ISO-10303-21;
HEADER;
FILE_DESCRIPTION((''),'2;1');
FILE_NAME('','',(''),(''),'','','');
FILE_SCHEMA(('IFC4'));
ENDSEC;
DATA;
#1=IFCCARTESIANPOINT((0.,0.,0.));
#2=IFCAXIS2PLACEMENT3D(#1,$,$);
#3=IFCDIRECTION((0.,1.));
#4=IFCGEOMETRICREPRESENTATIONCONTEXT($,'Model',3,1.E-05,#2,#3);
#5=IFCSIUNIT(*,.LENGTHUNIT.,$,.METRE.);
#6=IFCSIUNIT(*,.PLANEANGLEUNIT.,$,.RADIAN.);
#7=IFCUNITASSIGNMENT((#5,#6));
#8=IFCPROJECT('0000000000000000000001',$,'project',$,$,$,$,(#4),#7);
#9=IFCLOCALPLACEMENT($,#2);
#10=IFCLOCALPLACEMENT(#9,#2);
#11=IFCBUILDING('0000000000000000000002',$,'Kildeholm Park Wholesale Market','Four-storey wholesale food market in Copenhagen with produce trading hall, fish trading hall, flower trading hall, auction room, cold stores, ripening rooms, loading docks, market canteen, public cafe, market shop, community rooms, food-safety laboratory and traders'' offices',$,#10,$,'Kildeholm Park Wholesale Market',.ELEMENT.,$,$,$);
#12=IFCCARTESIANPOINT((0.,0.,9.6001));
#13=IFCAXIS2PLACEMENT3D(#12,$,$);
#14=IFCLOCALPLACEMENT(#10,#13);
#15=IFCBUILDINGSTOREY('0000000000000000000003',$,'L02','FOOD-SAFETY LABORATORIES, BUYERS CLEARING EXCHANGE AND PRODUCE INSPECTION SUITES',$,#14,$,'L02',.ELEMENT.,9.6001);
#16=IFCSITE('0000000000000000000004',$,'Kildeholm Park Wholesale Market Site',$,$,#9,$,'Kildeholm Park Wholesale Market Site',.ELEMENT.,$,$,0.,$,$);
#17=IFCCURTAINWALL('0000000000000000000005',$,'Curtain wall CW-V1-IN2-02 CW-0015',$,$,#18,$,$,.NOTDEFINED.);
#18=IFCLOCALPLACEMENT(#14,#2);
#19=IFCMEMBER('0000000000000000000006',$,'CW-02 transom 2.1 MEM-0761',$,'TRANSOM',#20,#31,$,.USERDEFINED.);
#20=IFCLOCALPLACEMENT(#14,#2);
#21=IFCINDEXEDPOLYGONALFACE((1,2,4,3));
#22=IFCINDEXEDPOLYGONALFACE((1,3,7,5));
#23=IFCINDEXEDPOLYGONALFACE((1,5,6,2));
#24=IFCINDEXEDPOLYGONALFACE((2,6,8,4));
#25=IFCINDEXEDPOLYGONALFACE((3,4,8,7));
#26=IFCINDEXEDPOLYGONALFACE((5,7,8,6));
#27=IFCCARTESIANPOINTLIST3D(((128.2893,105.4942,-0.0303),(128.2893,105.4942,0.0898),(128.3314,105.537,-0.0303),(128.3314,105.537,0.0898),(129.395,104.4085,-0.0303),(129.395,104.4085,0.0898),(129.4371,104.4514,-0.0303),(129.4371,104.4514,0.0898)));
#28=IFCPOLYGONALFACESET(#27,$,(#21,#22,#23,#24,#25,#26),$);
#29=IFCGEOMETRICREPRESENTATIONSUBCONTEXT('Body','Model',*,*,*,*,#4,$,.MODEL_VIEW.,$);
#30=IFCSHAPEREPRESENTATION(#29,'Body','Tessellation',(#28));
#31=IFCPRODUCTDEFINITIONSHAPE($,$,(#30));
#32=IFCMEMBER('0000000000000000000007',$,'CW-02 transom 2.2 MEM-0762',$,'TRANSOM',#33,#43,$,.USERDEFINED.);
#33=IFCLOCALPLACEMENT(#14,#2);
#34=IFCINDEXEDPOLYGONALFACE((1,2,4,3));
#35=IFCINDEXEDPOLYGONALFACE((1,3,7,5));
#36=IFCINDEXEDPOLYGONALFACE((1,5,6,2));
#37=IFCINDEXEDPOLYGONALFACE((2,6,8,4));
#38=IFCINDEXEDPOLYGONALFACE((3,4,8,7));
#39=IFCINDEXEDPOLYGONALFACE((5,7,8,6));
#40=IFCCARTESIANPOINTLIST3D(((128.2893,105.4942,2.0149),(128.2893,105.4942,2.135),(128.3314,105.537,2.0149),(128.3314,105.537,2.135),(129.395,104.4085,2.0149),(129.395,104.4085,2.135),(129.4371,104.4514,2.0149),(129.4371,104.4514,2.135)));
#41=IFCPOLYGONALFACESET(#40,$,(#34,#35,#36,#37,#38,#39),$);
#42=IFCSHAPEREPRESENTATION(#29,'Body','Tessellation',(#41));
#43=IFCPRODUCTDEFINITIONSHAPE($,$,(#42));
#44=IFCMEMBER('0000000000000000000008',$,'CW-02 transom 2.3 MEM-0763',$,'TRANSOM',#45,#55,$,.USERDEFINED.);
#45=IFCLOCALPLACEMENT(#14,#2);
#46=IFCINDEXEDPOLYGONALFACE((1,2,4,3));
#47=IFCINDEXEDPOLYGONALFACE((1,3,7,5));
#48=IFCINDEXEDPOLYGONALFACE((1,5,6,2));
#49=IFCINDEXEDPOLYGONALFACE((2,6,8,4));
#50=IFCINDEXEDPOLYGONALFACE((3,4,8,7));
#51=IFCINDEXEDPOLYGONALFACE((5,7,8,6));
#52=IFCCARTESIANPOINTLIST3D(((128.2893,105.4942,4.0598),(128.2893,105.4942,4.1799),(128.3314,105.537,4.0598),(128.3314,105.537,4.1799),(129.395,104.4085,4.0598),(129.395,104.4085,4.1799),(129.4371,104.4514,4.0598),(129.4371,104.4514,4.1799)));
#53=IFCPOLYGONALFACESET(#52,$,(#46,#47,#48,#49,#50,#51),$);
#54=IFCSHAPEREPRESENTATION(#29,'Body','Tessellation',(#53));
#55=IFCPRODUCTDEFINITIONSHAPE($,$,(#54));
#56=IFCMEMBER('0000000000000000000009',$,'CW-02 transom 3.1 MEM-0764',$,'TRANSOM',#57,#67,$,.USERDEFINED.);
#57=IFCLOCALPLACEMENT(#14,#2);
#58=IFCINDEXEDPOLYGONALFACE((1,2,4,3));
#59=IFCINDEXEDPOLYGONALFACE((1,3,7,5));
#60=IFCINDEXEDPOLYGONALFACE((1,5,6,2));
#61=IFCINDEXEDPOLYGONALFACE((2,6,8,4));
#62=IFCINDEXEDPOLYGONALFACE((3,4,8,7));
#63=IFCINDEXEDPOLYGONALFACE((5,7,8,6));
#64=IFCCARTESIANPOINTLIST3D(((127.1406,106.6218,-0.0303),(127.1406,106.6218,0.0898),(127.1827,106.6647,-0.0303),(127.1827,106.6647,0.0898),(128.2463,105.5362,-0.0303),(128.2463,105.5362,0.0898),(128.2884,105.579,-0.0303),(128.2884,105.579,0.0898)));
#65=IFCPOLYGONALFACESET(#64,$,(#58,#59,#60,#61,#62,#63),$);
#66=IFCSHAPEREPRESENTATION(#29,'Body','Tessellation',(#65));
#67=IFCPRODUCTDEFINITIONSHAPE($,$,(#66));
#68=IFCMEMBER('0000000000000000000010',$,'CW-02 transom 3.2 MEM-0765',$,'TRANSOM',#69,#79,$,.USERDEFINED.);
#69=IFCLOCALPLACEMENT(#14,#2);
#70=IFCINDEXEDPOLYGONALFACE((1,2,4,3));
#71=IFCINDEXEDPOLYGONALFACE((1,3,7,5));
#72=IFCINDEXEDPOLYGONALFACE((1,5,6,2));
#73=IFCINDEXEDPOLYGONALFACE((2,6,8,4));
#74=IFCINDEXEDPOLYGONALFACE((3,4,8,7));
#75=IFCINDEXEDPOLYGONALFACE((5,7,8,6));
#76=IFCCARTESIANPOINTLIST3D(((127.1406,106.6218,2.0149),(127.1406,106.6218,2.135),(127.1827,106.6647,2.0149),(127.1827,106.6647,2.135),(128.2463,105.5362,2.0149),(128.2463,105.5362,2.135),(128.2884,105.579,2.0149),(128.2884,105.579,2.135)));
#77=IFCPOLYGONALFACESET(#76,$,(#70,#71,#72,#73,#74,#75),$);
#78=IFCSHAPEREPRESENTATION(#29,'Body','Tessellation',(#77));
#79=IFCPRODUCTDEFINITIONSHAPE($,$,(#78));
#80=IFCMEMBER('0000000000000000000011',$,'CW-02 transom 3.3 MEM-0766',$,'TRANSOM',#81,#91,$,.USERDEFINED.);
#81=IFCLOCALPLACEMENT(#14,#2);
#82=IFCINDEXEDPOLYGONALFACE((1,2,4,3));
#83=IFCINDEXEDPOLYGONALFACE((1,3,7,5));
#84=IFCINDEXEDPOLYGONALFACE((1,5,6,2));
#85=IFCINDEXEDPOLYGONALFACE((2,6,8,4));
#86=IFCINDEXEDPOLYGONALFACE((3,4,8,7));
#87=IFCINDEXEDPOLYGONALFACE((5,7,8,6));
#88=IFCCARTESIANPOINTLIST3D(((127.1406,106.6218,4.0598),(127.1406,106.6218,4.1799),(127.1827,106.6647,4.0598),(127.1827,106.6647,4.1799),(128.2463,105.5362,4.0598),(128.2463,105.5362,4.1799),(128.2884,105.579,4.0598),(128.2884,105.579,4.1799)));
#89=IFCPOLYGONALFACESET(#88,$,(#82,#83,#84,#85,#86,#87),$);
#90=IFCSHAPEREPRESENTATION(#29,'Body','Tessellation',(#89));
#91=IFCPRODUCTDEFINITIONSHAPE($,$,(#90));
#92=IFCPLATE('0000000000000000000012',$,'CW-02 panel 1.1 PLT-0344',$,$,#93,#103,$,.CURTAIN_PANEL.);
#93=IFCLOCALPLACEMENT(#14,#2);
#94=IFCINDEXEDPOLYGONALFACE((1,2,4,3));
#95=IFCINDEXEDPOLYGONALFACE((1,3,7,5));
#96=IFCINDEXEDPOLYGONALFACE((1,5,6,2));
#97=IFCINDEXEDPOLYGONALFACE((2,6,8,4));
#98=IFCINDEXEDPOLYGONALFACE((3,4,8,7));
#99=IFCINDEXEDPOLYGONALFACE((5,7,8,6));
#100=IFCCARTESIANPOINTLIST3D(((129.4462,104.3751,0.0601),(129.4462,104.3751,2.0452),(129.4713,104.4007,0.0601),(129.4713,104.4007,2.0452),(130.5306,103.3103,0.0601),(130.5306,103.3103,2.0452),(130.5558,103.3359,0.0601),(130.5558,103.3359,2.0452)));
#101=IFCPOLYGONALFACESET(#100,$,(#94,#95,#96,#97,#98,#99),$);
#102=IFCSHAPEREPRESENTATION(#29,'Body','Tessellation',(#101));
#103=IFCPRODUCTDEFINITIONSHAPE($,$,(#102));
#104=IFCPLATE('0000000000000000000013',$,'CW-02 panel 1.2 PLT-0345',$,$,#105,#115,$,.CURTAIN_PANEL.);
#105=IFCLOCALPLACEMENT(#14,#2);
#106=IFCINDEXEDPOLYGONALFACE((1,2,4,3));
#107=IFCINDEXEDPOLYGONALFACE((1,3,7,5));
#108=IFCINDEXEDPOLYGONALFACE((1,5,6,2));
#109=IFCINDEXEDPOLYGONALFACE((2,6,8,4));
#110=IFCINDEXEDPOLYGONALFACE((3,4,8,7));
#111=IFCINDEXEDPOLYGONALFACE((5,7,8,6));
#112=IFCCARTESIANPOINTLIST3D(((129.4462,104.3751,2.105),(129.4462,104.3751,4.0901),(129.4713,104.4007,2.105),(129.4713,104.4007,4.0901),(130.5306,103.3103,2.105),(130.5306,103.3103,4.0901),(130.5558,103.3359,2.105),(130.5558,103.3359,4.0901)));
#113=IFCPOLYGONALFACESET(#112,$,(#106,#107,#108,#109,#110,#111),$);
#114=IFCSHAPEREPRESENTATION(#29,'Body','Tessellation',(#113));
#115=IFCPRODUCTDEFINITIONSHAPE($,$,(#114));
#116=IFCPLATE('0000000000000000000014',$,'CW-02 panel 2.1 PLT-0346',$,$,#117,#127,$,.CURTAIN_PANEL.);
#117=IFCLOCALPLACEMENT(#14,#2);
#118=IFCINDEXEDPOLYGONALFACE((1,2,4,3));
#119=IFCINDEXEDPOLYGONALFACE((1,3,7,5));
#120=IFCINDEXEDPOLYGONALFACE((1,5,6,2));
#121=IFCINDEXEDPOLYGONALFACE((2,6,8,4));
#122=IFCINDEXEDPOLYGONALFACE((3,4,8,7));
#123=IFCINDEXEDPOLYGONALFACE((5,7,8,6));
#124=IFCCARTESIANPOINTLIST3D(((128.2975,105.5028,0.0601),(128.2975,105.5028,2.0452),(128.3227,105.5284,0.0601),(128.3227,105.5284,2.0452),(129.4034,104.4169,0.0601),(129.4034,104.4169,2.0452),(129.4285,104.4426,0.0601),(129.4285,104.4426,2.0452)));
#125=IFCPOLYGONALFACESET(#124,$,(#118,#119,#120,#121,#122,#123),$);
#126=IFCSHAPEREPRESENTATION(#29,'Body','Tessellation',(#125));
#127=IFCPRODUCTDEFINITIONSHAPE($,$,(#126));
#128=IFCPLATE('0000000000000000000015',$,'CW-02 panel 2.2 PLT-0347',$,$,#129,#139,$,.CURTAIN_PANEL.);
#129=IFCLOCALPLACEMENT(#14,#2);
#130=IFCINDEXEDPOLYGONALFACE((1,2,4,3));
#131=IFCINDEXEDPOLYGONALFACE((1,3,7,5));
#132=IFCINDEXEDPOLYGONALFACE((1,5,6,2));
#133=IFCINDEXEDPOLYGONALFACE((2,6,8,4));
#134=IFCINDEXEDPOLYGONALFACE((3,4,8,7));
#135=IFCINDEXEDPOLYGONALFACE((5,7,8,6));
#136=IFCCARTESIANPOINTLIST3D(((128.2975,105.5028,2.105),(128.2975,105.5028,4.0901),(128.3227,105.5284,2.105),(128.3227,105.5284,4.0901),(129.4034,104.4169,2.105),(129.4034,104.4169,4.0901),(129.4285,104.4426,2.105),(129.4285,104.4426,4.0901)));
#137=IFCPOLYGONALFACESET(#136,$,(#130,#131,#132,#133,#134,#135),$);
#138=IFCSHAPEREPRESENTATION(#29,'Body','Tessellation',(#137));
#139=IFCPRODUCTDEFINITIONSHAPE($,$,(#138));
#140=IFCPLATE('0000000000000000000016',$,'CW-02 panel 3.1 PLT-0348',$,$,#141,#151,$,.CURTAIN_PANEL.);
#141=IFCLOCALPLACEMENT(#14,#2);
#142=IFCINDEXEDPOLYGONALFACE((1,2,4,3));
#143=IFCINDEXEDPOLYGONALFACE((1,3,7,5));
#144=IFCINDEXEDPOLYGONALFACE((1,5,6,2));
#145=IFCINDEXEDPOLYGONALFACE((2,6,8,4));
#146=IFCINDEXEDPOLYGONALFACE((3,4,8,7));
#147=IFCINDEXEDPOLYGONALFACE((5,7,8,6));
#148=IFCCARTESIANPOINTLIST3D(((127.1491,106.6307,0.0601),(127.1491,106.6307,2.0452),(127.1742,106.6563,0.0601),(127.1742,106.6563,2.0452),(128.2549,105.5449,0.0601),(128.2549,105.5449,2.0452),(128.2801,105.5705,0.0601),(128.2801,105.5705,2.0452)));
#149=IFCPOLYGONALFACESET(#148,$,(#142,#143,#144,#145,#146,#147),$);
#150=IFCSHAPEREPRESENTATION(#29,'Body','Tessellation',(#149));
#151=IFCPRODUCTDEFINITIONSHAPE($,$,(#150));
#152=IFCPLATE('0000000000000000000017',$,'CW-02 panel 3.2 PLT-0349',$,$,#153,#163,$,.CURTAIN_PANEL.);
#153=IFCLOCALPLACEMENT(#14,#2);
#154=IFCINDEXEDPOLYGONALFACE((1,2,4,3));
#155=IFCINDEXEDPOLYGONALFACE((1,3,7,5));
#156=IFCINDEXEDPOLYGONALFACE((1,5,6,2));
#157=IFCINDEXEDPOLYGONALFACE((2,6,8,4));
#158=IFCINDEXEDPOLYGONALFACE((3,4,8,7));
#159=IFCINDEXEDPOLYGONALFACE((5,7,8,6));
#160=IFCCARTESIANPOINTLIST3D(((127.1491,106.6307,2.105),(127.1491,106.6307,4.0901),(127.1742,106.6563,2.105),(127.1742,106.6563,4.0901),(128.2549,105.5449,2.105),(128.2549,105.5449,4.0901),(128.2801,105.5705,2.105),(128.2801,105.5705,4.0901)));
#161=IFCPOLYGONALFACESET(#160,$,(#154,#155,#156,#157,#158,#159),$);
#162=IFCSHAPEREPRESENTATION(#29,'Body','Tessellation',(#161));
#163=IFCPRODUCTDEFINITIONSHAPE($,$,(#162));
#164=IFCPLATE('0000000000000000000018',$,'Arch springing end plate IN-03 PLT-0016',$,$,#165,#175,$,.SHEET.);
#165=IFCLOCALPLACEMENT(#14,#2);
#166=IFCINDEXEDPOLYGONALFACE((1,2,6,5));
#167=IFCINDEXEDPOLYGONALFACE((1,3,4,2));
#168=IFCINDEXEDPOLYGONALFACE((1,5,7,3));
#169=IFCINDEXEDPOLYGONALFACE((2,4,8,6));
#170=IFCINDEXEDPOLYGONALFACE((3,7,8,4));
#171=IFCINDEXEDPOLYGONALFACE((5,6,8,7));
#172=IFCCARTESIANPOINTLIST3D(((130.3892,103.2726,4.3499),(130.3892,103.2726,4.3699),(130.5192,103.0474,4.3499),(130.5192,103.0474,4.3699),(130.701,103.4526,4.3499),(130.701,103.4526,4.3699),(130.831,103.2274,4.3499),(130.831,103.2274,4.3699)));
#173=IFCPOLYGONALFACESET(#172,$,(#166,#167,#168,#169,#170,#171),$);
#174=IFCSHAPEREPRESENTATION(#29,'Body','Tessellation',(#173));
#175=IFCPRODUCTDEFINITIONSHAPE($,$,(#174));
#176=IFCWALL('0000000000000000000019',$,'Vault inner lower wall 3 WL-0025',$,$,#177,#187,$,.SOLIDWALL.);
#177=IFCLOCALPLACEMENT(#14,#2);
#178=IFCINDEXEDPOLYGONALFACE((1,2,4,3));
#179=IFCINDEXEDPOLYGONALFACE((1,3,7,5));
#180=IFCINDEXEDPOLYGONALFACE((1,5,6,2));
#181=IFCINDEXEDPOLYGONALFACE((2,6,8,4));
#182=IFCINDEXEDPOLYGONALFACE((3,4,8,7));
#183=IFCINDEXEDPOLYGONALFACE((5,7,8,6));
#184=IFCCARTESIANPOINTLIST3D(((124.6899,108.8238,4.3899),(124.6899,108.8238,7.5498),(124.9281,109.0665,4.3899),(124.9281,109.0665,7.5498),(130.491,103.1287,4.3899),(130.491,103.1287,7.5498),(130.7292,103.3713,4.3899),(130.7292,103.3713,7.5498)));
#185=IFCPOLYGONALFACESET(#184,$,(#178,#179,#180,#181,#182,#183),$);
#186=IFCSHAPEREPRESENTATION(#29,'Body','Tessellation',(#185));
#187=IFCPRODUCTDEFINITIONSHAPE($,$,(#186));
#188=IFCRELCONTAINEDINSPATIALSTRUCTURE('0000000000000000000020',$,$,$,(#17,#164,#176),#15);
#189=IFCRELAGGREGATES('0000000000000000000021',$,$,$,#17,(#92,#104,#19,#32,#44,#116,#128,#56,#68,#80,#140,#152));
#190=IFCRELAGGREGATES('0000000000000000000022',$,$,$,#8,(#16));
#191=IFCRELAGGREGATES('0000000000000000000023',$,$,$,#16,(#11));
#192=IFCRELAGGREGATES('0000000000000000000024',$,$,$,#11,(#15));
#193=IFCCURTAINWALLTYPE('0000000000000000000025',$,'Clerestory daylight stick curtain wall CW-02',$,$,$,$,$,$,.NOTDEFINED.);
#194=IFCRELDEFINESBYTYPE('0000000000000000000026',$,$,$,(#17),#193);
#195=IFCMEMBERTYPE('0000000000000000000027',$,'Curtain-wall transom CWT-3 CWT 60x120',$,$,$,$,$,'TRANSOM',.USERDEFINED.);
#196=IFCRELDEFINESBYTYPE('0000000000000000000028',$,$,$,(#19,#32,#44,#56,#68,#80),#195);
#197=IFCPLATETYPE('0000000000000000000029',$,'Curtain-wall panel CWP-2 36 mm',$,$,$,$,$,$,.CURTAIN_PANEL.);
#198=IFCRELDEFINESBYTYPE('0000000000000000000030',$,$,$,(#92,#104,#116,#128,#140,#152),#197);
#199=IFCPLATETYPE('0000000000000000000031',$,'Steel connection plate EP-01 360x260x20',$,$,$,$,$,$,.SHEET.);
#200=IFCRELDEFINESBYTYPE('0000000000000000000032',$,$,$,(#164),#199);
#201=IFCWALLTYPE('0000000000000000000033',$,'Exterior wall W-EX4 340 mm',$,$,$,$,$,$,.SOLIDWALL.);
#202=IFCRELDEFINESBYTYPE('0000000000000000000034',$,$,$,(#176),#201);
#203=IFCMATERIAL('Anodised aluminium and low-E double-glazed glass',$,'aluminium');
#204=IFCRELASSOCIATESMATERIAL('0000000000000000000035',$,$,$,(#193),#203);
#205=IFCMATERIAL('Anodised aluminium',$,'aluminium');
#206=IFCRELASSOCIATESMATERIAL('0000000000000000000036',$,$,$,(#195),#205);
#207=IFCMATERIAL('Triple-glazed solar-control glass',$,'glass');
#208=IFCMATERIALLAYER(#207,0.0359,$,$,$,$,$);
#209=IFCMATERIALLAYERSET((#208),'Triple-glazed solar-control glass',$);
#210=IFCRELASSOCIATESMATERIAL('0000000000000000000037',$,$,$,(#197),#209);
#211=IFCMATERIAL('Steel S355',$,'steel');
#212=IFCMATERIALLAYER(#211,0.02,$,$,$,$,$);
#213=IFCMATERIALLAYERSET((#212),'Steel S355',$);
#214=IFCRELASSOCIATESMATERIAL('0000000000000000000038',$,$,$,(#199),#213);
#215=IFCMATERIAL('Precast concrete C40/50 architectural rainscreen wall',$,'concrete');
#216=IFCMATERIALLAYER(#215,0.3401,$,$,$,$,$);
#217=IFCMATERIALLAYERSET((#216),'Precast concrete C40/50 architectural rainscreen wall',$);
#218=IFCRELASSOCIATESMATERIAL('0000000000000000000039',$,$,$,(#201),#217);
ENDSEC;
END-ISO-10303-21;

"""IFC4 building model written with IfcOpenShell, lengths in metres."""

from ifc_helpers import new_model, si_unit, direction, frame, frame_2d, origin, origin_2d, place, context, subcontext, project, spatial, rectangle, extrude, material, layer, layer_set, material_profile, profile_set, type_object, element, aggregate, save


model = new_model("IFC4")

# Units and contexts
model_context = context("Model", 3, precision=1e-05, world=origin(), true_north=direction((0.0, 1.0)))
body_context = subcontext(model_context, "Body", "Model", "MODEL_VIEW")
ifc_project = project(units=[si_unit("LENGTHUNIT", "METRE"), si_unit("PLANEANGLEUNIT", "RADIAN")], contexts=[model_context])

# Site, building, storey
site_placement = place(None, origin())
site = spatial("IfcSite", under=ifc_project, at=site_placement, Name="Kildeholm Park Wholesale Market Site", LongName="Kildeholm Park Wholesale Market Site", CompositionType="ELEMENT", RefElevation=0.0)
building_placement = place(site_placement, origin())
building = spatial("IfcBuilding", under=site, at=building_placement, Name="Kildeholm Park Wholesale Market", Description="Four-storey wholesale food market in Copenhagen with produce trading hall, fish trading hall, flower trading hall, auction room, cold stores, ripening rooms, loading docks, market canteen, public cafe, market shop, community rooms, food-safety laboratory and traders' offices", LongName="Kildeholm Park Wholesale Market", CompositionType="ELEMENT")
storey_placement = place(building_placement, frame((0.0, 0.0, 9.6001)))
storey = spatial("IfcBuildingStorey", under=building, at=storey_placement, Name="L02", Description="FOOD-SAFETY LABORATORIES, BUYERS CLEARING EXCHANGE AND PRODUCE INSPECTION SUITES", LongName="L02", CompositionType="ELEMENT", Elevation=9.6001)

# Shared definitions
ifc_material_1 = material(Name="Steel S355", Category="steel")

# Shared definitions
ifc_material_2 = material(Name="Anodised aluminium and low-E double-glazed glass", Category="aluminium")
curtain_wall_type = type_object("IfcCurtainWallType", Name="Clerestory daylight stick curtain wall CW-02", PredefinedType="NOTDEFINED", material=ifc_material_2)
ifc_material_3 = material(Name="Anodised aluminium", Category="aluminium")

# Curtain wall, members, plates
curtain_wall_1_placement = place(storey_placement, origin())
curtain_wall_1 = element("IfcCurtainWall", 1, at=curtain_wall_1_placement, inside=storey, type_object=curtain_wall_type, Name="Curtain wall CW-V1-IN2-02 CW-0015", PredefinedType="NOTDEFINED")
ifc_material_profile_1 = material_profile(ifc_material_3, rectangle(XDim=0.0601, YDim=0.1201, at=origin_2d()), Name="CWT 60x120")
ifc_profile_set_1 = profile_set([ifc_material_profile_1], Name="Anodised aluminium")
member_type_1 = type_object("IfcMemberType", Name="Curtain-wall transom CWT-3 CWT 60x120", ElementType="TRANSOM", PredefinedType="USERDEFINED", material=ifc_profile_set_1)
member_1_placement = place(storey_placement, frame((129.416, 104.4299, 0.0298), z_axis=(-0.713537, 0.700618, 0.0), x_axis=(-0.700618, -0.713537, 0.0)))
member_1 = element("IfcMember", 2, at=member_1_placement, type_object=member_type_1, Name="CW-02 transom 2.1 MEM-0761", ObjectType="TRANSOM", PredefinedType="USERDEFINED", context=body_context, shape_type="SweptSolid", body=[
    extrude(rectangle(XDim=0.0601, YDim=0.1201, at=origin_2d()), origin(), (0.0, 0.0, 1.0), 1.5496),
])
member_2_placement = place(storey_placement, frame((129.416, 104.4299, 2.075), z_axis=(-0.713537, 0.700618, 0.0), x_axis=(-0.700618, -0.713537, 0.0)))
member_2 = element("IfcMember", 3, at=member_2_placement, type_object=member_type_1, Name="CW-02 transom 2.2 MEM-0762", ObjectType="TRANSOM", PredefinedType="USERDEFINED", context=body_context, shape_type="SweptSolid", body=[
    extrude(rectangle(XDim=0.0601, YDim=0.1201, at=origin_2d()), origin(), (0.0, 0.0, 1.0), 1.5496),
])
member_3_placement = place(storey_placement, frame((129.416, 104.4299, 4.1199), z_axis=(-0.713537, 0.700618, 0.0), x_axis=(-0.700618, -0.713537, 0.0)))
member_3 = element("IfcMember", 4, at=member_3_placement, type_object=member_type_1, Name="CW-02 transom 2.3 MEM-0763", ObjectType="TRANSOM", PredefinedType="USERDEFINED", context=body_context, shape_type="SweptSolid", body=[
    extrude(rectangle(XDim=0.0601, YDim=0.1201, at=origin_2d()), origin(), (0.0, 0.0, 1.0), 1.5496),
])
member_4_placement = place(storey_placement, frame((128.2673, 105.5576, 0.0298), z_axis=(-0.713537, 0.700618, 0.0), x_axis=(-0.700618, -0.713537, 0.0)))
member_4 = element("IfcMember", 5, at=member_4_placement, type_object=member_type_1, Name="CW-02 transom 3.1 MEM-0764", ObjectType="TRANSOM", PredefinedType="USERDEFINED", context=body_context, shape_type="SweptSolid", body=[
    extrude(rectangle(XDim=0.0601, YDim=0.1201, at=origin_2d()), origin(), (0.0, 0.0, 1.0), 1.5496),
])
member_5_placement = place(storey_placement, frame((128.2673, 105.5576, 2.075), z_axis=(-0.713537, 0.700618, 0.0), x_axis=(-0.700618, -0.713537, 0.0)))
member_5 = element("IfcMember", 6, at=member_5_placement, type_object=member_type_1, Name="CW-02 transom 3.2 MEM-0765", ObjectType="TRANSOM", PredefinedType="USERDEFINED", context=body_context, shape_type="SweptSolid", body=[
    extrude(rectangle(XDim=0.0601, YDim=0.1201, at=origin_2d()), origin(), (0.0, 0.0, 1.0), 1.5496),
])
member_6_placement = place(storey_placement, frame((128.2673, 105.5576, 4.1199), z_axis=(-0.713537, 0.700618, 0.0), x_axis=(-0.700618, -0.713537, 0.0)))
member_6 = element("IfcMember", 7, at=member_6_placement, type_object=member_type_1, Name="CW-02 transom 3.3 MEM-0766", ObjectType="TRANSOM", PredefinedType="USERDEFINED", context=body_context, shape_type="SweptSolid", body=[
    extrude(rectangle(XDim=0.0601, YDim=0.1201, at=origin_2d()), origin(), (0.0, 0.0, 1.0), 1.5496),
])
ifc_material_4 = material(Name="Triple-glazed solar-control glass", Category="glass")
ifc_layer_1 = layer(ifc_material_4, 0.0359)
ifc_layer_set_1 = layer_set([ifc_layer_1], Name="Triple-glazed solar-control glass")
plate_type_1 = type_object("IfcPlateType", Name="Curtain-wall panel CWP-2 36 mm", PredefinedType="CURTAIN_PANEL", material=ifc_layer_set_1)
plate_1_placement = place(storey_placement, frame((130.001, 103.8555, 0.0601), z_axis=(0.0, 0.0, 1.0), x_axis=(-0.713538, 0.700617, 0.0)))
plate_1 = element("IfcPlate", 8, at=plate_1_placement, type_object=plate_type_1, Name="CW-02 panel 1.1 PLT-0344", PredefinedType="CURTAIN_PANEL", context=body_context, shape_type="SweptSolid", body=[
    extrude(rectangle(XDim=1.5198, YDim=0.0359, at=origin_2d()), origin(), (0.0, 0.0, 1.0), 1.9851),
])
plate_2_placement = place(storey_placement, frame((130.001, 103.8555, 2.105), z_axis=(0.0, 0.0, 1.0), x_axis=(-0.713538, 0.700617, 0.0)))
plate_2 = element("IfcPlate", 9, at=plate_2_placement, type_object=plate_type_1, Name="CW-02 panel 1.2 PLT-0345", PredefinedType="CURTAIN_PANEL", context=body_context, shape_type="SweptSolid", body=[
    extrude(rectangle(XDim=1.5198, YDim=0.0359, at=origin_2d()), origin(), (0.0, 0.0, 1.0), 1.9851),
])
plate_3_placement = place(storey_placement, frame((128.863, 104.9727, 0.0601), z_axis=(0.0, 0.0, 1.0), x_axis=(-0.713538, 0.700617, 0.0)))
plate_3 = element("IfcPlate", 10, at=plate_3_placement, type_object=plate_type_1, Name="CW-02 panel 2.1 PLT-0346", PredefinedType="CURTAIN_PANEL", context=body_context, shape_type="SweptSolid", body=[
    extrude(rectangle(XDim=1.5498, YDim=0.0359, at=origin_2d()), origin(), (0.0, 0.0, 1.0), 1.9851),
])
plate_4_placement = place(storey_placement, frame((128.863, 104.9727, 2.105), z_axis=(0.0, 0.0, 1.0), x_axis=(-0.713538, 0.700617, 0.0)))
plate_4 = element("IfcPlate", 11, at=plate_4_placement, type_object=plate_type_1, Name="CW-02 panel 2.2 PLT-0347", PredefinedType="CURTAIN_PANEL", context=body_context, shape_type="SweptSolid", body=[
    extrude(rectangle(XDim=1.5498, YDim=0.0359, at=origin_2d()), origin(), (0.0, 0.0, 1.0), 1.9851),
])
plate_5_placement = place(storey_placement, frame((127.7146, 106.1006, 0.0601), z_axis=(0.0, 0.0, 1.0), x_axis=(-0.713538, 0.700617, 0.0)))
plate_5 = element("IfcPlate", 12, at=plate_5_placement, type_object=plate_type_1, Name="CW-02 panel 3.1 PLT-0348", PredefinedType="CURTAIN_PANEL", context=body_context, shape_type="SweptSolid", body=[
    extrude(rectangle(XDim=1.5498, YDim=0.0359, at=origin_2d()), origin(), (0.0, 0.0, 1.0), 1.9851),
])
plate_6_placement = place(storey_placement, frame((127.7146, 106.1006, 2.105), z_axis=(0.0, 0.0, 1.0), x_axis=(-0.713538, 0.700617, 0.0)))
plate_6 = element("IfcPlate", 13, at=plate_6_placement, type_object=plate_type_1, Name="CW-02 panel 3.2 PLT-0349", PredefinedType="CURTAIN_PANEL", context=body_context, shape_type="SweptSolid", body=[
    extrude(rectangle(XDim=1.5498, YDim=0.0359, at=origin_2d()), origin(), (0.0, 0.0, 1.0), 1.9851),
])
aggregate(curtain_wall_1, [plate_1, plate_2, member_1, member_2, member_3, plate_3, plate_4, member_4, member_5, member_6, plate_5, plate_6])

# Plate
ifc_layer_2 = layer(ifc_material_1, 0.02)
ifc_layer_set_2 = layer_set([ifc_layer_2], Name="Steel S355")
plate_type_2 = type_object("IfcPlateType", Name="Steel connection plate EP-01 360x260x20", PredefinedType="SHEET", material=ifc_layer_set_2)
plate_7_placement = place(storey_placement, frame((130.6101, 103.25, 4.3499), z_axis=(0.0, 0.0, 1.0), x_axis=(0.866025, 0.5, 0.0)))
element("IfcPlate", 14, at=plate_7_placement, inside=storey, type_object=plate_type_2, Name="Arch springing end plate IN-03 PLT-0016", PredefinedType="SHEET", context=body_context, shape_type="SweptSolid", body=[
    extrude(rectangle(XDim=0.3601, YDim=0.26, at=origin_2d()), origin(), (0.0, 0.0, 1.0), 0.02),
])

# Wall
ifc_material_5 = material(Name="Precast concrete C40/50 architectural rainscreen wall", Category="concrete")
ifc_layer_3 = layer(ifc_material_5, 0.3401)
ifc_layer_set_3 = layer_set([ifc_layer_3], Name="Precast concrete C40/50 architectural rainscreen wall")
wall_type_1 = type_object("IfcWallType", Name="Exterior wall W-EX4 340 mm", PredefinedType="SOLIDWALL", material=ifc_layer_set_3)
wall_1_placement = place(storey_placement, frame((130.6101, 103.25, 4.3899), z_axis=(0.0, 0.0, 1.0), x_axis=(-0.713594, 0.70056, 0.0)))
element("IfcWall", 15, at=wall_1_placement, inside=storey, type_object=wall_type_1, Name="Vault inner lower wall 3 WL-0025", PredefinedType="SOLIDWALL", context=body_context, shape_type="SweptSolid", body=[
    extrude(rectangle(XDim=8.1294, YDim=0.3401, at=frame_2d((4.0647, 0.0))), origin(), (0.0, 0.0, 1.0), 3.1599),
])

save(model, "model.ifc")
